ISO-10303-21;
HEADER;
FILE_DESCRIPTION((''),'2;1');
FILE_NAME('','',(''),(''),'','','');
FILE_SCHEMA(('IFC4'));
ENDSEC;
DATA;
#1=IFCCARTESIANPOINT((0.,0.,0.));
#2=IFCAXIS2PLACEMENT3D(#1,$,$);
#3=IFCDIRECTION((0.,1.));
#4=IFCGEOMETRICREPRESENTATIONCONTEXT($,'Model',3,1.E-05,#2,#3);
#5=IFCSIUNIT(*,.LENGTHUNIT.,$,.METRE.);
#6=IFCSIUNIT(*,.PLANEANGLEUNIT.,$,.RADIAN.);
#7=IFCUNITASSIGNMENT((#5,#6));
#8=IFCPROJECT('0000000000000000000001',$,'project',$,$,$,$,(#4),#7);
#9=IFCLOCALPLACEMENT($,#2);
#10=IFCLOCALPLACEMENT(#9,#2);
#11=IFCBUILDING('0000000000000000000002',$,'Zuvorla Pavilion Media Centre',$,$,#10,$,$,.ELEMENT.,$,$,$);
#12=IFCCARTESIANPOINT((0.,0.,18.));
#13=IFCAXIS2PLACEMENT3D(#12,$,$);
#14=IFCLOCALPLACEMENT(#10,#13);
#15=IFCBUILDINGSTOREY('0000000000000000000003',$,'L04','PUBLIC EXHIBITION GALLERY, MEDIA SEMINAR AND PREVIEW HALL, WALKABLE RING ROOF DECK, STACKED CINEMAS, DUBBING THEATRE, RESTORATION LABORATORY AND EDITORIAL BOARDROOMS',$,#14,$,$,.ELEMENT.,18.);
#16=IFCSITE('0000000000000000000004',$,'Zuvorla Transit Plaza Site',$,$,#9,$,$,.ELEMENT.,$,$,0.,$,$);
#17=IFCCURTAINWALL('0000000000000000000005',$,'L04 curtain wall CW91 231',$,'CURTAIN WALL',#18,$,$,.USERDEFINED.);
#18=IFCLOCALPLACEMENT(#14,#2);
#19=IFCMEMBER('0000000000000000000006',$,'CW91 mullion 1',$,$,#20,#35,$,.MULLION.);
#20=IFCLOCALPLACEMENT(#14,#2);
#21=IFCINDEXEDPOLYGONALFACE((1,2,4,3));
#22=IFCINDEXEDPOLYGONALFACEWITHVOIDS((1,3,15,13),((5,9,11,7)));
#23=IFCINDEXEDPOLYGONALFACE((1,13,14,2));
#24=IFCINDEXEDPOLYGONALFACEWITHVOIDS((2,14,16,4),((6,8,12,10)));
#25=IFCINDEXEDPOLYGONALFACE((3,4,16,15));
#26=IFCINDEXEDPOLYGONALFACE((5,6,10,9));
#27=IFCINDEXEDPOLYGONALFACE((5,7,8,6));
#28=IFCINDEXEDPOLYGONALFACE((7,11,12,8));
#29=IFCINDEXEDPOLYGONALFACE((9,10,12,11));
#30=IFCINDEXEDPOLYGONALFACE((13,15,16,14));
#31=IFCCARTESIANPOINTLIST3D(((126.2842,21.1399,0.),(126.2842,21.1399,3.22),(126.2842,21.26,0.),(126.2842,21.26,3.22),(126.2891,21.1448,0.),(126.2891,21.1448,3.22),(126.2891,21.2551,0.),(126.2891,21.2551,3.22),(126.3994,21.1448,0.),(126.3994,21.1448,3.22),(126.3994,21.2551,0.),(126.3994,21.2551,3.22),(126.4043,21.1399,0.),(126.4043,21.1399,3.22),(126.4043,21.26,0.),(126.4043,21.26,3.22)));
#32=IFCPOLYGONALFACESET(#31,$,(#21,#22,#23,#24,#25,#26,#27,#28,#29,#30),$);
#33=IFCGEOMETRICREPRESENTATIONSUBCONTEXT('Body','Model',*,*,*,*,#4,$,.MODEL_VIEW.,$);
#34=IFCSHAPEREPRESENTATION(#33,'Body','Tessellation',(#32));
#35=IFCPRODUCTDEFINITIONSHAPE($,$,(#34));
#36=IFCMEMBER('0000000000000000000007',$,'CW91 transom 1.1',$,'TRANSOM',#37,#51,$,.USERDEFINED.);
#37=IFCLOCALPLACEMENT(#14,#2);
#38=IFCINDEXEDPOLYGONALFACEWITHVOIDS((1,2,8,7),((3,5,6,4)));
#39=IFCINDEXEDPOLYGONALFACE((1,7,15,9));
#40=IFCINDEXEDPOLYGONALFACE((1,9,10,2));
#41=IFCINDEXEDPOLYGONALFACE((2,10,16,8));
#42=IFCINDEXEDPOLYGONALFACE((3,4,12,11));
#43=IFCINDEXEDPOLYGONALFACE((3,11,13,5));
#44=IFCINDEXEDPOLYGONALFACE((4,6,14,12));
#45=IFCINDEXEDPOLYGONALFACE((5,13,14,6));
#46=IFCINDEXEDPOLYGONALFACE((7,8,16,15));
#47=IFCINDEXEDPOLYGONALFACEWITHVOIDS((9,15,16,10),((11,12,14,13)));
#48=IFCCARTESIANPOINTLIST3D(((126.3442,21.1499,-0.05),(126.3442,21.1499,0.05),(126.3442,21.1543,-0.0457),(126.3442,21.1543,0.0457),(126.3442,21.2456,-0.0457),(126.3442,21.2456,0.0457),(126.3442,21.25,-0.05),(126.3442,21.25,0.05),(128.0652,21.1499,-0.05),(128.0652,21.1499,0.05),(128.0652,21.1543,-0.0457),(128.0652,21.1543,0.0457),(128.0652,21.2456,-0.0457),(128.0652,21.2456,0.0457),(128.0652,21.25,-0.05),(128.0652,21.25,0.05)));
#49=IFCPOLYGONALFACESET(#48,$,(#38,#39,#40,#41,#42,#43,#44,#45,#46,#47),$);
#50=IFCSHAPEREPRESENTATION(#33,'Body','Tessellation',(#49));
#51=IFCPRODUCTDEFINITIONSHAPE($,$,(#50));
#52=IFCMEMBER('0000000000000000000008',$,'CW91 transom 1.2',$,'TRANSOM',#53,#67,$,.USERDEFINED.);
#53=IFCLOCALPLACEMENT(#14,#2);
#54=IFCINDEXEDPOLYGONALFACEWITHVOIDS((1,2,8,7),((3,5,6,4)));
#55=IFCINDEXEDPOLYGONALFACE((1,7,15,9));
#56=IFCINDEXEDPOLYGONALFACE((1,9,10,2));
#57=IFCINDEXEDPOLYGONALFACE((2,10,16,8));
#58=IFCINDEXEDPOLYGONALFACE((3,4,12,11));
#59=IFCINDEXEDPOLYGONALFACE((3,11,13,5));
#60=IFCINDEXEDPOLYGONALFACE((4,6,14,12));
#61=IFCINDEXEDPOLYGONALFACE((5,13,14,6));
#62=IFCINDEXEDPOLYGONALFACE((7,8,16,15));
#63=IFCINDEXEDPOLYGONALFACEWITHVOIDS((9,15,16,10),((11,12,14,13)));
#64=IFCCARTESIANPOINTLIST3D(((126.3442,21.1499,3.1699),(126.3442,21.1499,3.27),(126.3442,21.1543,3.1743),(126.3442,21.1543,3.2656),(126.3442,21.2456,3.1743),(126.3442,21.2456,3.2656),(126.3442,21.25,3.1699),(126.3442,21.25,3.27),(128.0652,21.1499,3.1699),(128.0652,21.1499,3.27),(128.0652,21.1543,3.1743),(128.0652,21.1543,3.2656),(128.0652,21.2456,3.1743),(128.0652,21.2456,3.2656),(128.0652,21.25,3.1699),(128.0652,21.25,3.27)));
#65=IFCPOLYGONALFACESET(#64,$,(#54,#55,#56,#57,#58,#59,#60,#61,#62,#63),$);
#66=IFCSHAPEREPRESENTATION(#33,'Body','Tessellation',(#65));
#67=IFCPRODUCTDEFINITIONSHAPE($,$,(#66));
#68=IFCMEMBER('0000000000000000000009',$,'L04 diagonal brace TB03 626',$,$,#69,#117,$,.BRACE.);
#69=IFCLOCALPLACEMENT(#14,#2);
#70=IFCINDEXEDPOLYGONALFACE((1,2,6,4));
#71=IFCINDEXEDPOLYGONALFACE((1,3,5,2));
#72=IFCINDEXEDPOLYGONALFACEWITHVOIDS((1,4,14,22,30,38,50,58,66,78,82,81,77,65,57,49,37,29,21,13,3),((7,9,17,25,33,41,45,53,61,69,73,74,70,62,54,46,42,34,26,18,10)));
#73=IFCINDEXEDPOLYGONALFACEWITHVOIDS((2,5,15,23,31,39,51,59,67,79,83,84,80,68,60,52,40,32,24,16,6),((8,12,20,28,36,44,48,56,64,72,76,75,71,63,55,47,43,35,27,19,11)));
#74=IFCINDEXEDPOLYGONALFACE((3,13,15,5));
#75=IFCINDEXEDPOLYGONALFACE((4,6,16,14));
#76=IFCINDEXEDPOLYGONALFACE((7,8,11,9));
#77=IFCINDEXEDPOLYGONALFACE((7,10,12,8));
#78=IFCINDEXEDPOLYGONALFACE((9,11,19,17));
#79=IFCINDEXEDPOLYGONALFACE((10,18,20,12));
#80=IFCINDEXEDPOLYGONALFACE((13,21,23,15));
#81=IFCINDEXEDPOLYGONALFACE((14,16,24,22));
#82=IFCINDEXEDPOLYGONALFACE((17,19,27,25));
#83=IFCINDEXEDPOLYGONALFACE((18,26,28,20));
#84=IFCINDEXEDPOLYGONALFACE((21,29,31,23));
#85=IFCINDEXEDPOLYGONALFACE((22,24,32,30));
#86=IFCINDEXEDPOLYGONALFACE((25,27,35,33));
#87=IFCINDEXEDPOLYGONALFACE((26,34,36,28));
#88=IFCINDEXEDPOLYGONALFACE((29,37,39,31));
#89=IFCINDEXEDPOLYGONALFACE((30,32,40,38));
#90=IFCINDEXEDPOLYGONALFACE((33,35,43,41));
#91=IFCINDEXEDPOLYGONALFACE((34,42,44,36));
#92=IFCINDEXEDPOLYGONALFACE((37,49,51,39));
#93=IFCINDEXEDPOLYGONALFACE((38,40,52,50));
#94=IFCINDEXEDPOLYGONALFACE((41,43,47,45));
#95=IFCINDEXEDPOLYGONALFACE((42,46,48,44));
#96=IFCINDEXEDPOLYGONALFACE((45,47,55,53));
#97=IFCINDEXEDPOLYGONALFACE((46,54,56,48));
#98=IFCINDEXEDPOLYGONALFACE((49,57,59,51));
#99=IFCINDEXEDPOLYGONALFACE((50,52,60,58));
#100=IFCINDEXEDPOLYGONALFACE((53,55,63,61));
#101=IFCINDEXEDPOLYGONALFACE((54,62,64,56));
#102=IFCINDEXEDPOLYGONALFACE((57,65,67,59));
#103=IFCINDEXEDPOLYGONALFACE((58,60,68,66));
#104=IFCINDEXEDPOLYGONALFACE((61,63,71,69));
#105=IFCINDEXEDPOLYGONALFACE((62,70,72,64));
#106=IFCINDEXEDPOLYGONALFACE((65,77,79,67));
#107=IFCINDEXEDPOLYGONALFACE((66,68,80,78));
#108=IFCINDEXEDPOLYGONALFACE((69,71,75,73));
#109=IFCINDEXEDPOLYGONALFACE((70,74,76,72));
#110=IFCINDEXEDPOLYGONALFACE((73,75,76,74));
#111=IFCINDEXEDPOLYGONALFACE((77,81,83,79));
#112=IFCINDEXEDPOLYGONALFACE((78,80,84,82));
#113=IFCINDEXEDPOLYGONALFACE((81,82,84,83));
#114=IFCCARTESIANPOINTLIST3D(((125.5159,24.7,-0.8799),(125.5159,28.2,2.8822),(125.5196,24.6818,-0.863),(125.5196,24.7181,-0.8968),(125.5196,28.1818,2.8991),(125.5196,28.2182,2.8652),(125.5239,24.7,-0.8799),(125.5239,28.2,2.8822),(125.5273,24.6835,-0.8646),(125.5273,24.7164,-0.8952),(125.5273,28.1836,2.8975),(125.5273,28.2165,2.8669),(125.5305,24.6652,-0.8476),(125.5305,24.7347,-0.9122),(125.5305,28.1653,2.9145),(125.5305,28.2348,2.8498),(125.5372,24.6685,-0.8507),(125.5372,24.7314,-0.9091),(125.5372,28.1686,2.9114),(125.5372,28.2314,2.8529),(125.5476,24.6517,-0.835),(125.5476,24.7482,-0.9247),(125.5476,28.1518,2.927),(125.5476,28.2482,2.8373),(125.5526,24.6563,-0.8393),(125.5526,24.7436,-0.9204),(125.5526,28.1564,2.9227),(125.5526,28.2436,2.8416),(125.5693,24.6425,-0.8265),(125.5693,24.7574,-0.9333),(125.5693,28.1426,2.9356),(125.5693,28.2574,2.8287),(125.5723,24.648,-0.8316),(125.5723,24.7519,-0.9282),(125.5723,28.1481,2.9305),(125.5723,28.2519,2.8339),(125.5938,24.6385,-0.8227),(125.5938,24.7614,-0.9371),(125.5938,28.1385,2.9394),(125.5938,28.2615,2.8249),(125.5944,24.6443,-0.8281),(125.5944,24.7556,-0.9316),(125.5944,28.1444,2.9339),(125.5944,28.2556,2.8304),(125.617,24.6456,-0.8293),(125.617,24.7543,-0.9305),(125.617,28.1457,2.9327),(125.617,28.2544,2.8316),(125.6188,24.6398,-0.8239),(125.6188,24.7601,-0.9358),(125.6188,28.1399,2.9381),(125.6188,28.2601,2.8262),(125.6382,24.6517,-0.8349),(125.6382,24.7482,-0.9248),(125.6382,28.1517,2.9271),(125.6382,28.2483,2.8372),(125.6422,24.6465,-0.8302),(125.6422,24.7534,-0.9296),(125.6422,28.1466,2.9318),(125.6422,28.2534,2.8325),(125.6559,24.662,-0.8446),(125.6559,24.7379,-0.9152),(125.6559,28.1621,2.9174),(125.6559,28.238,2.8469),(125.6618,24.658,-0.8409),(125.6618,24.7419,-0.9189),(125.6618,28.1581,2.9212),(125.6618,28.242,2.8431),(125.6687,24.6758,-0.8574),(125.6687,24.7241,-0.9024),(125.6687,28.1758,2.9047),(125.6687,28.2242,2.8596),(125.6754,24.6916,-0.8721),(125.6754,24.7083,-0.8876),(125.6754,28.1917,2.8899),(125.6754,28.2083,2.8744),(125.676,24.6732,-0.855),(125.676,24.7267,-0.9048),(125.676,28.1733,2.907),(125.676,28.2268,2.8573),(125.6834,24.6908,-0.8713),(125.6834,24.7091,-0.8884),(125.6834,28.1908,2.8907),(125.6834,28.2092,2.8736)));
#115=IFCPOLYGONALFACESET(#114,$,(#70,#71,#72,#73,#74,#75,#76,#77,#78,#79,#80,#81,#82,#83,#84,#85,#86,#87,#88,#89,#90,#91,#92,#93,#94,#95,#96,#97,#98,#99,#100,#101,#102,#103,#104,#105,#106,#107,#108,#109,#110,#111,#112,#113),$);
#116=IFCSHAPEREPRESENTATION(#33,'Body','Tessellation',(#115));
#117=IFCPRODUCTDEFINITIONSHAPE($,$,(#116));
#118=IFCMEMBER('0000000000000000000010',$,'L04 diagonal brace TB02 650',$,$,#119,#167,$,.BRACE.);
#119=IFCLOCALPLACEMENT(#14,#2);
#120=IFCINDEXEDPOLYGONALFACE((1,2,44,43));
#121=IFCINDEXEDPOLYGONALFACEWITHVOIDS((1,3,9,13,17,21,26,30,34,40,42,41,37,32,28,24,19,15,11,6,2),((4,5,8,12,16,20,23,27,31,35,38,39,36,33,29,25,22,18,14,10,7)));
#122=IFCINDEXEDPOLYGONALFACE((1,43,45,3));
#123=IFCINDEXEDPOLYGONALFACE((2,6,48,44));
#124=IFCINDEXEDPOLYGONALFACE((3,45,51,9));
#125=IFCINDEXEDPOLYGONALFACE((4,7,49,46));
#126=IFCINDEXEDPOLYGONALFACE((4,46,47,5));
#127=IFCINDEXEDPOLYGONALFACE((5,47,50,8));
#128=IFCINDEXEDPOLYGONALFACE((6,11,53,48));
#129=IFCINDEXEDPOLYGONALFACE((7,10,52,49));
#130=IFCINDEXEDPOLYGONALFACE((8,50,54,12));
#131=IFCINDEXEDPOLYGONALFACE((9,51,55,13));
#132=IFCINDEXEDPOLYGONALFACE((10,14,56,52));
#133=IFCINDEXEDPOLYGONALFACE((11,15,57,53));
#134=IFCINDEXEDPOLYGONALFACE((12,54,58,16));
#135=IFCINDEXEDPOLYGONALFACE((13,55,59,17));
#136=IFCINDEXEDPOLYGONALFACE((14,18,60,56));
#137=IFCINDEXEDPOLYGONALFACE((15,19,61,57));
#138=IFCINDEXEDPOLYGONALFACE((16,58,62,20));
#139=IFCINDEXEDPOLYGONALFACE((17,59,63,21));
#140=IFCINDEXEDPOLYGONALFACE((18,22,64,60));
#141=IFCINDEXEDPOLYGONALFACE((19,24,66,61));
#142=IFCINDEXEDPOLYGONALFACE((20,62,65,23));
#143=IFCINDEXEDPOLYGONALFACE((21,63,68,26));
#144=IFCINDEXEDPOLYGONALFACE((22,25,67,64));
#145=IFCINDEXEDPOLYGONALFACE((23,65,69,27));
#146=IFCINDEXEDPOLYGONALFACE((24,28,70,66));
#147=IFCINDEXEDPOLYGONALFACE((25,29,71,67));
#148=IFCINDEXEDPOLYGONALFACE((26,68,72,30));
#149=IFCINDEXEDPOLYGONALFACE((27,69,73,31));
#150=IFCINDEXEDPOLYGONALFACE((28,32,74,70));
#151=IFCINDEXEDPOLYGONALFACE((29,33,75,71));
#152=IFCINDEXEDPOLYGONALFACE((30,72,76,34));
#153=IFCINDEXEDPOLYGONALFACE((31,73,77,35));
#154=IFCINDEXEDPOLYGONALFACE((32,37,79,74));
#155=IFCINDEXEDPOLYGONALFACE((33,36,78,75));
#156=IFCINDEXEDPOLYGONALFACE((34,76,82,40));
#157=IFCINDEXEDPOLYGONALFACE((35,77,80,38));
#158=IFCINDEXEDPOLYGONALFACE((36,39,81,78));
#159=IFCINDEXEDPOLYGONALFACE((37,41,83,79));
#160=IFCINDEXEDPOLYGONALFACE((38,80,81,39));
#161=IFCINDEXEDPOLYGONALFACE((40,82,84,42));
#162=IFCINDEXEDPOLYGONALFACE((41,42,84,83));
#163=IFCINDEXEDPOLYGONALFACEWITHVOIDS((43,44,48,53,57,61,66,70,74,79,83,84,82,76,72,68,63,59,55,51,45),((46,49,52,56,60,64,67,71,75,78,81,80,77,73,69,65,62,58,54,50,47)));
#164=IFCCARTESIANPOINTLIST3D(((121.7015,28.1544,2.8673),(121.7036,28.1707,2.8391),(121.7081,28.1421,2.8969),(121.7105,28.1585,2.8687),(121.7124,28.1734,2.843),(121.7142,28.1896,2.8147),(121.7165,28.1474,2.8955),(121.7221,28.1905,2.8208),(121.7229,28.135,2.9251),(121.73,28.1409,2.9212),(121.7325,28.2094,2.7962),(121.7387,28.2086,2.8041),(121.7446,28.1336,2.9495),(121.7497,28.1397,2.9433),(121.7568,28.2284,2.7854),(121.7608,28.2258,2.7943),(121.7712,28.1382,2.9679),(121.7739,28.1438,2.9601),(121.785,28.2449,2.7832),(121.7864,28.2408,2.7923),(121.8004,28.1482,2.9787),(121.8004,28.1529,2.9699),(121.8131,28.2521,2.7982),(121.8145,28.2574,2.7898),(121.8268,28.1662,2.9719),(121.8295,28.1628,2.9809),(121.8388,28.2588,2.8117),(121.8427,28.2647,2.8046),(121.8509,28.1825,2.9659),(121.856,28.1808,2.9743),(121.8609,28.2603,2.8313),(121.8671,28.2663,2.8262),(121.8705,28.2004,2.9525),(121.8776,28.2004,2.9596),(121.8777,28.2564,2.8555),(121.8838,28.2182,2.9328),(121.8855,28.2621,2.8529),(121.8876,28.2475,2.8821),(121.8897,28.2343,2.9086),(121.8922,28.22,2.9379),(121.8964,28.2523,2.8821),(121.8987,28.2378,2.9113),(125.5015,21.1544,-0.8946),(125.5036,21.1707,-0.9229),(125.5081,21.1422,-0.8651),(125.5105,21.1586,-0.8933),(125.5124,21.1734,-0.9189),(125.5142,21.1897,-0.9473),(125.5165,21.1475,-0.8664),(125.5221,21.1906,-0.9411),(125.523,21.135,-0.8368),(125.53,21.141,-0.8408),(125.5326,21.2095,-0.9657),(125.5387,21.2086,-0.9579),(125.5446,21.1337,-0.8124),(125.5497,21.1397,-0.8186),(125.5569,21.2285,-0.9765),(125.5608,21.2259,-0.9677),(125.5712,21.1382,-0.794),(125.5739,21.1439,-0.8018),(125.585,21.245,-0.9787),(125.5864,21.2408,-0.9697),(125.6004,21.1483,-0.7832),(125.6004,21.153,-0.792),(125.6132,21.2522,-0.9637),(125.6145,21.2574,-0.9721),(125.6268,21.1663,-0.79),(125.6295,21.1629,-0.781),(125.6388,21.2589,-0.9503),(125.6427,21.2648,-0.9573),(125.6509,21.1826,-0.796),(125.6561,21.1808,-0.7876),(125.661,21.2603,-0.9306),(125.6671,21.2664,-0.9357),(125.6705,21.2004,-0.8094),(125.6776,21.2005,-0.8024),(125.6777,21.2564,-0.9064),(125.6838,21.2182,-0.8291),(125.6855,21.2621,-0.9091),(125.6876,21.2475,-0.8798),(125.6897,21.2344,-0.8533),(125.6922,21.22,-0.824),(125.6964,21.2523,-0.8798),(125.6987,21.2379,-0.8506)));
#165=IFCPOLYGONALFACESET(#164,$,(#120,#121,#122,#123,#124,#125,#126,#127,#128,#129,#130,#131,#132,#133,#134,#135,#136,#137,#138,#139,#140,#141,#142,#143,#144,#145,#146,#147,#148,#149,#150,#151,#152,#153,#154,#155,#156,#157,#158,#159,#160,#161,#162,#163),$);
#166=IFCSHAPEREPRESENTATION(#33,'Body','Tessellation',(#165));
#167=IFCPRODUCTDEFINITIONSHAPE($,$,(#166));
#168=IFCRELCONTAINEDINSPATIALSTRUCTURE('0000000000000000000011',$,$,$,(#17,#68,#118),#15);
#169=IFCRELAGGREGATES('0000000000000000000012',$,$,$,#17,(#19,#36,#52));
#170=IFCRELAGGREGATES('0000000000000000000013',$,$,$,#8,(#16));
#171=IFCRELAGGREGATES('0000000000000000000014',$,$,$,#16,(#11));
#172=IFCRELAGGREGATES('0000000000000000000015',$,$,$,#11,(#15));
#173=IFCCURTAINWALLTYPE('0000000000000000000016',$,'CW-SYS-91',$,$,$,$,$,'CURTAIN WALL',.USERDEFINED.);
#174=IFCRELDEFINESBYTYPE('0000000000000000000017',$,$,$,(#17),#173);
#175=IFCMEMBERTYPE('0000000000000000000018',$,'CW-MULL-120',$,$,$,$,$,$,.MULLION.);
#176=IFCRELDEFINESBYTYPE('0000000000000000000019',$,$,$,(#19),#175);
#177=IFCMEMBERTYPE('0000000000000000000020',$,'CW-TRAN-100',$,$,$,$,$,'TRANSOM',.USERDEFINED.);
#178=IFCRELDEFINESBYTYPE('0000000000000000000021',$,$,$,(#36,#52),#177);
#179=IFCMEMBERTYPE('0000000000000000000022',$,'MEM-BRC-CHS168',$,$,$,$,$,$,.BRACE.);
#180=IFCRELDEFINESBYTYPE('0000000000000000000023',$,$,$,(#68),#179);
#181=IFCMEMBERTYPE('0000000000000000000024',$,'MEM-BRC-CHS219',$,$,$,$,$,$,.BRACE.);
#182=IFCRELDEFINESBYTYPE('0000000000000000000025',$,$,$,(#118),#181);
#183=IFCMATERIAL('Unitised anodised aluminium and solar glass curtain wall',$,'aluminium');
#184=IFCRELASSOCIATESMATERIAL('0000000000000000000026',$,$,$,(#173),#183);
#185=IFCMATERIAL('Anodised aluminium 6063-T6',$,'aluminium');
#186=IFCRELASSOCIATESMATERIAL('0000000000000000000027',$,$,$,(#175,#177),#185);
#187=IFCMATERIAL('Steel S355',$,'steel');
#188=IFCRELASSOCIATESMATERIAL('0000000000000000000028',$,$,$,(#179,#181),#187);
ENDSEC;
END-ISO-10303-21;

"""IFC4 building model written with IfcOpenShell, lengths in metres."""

from ifc_helpers import new_model, si_unit, direction, frame, origin, origin_2d, place, context, subcontext, project, spatial, hollow_rectangle, hollow_circle, extrude, material, material_profile, profile_set, type_object, element, aggregate, save


model = new_model("IFC4")

# Units and contexts
model_context = context("Model", 3, precision=1e-05, world=origin(), true_north=direction((0.0, 1.0)))
body_context = subcontext(model_context, "Body", "Model", "MODEL_VIEW")
ifc_project = project(units=[si_unit("LENGTHUNIT", "METRE"), si_unit("PLANEANGLEUNIT", "RADIAN")], contexts=[model_context])

# Site, building, storey
site_placement = place(None, origin())
site = spatial("IfcSite", under=ifc_project, at=site_placement, Name="Zuvorla Transit Plaza Site", CompositionType="ELEMENT", RefElevation=0.0)
building_placement = place(site_placement, origin())
building = spatial("IfcBuilding", under=site, at=building_placement, Name="Zuvorla Pavilion Media Centre", CompositionType="ELEMENT")
storey_placement = place(building_placement, frame((0.0, 0.0, 18.0)))
storey = spatial("IfcBuildingStorey", under=building, at=storey_placement, Name="L04", Description="PUBLIC EXHIBITION GALLERY, MEDIA SEMINAR AND PREVIEW HALL, WALKABLE RING ROOF DECK, STACKED CINEMAS, DUBBING THEATRE, RESTORATION LABORATORY AND EDITORIAL BOARDROOMS", CompositionType="ELEMENT", Elevation=18.0)

# Curtain wall, members
ifc_material_1 = material(Name="Unitised anodised aluminium and solar glass curtain wall", Category="aluminium")
curtain_wall_type = type_object("IfcCurtainWallType", Name="CW-SYS-91", ElementType="CURTAIN WALL", PredefinedType="USERDEFINED", material=ifc_material_1)
curtain_wall_placement = place(storey_placement, origin())
curtain_wall = element("IfcCurtainWall", 1, at=curtain_wall_placement, inside=storey, type_object=curtain_wall_type, Name="L04 curtain wall CW91 231", ObjectType="CURTAIN WALL", PredefinedType="USERDEFINED")
ifc_material_2 = material(Name="Anodised aluminium 6063-T6", Category="aluminium")
ifc_material_profile_1 = material_profile(ifc_material_2, hollow_rectangle(XDim=0.1201, YDim=0.1201, WallThickness=0.0049, at=origin_2d()), Name="ALU MULL 120x120")
ifc_profile_set_1 = profile_set([ifc_material_profile_1], Name="Anodised aluminium 6063-T6")
member_type_1 = type_object("IfcMemberType", Name="CW-MULL-120", PredefinedType="MULLION", material=ifc_profile_set_1)
member_1_placement = place(storey_placement, frame((126.3442, 21.2, 0.0), z_axis=(0.0, 0.0, 1.0), x_axis=(1.0, 0.0, 0.0)))
member_1 = element("IfcMember", 2, at=member_1_placement, type_object=member_type_1, Name="CW91 mullion 1", PredefinedType="MULLION", context=body_context, shape_type="SweptSolid", body=[
    extrude(hollow_rectangle(XDim=0.1201, YDim=0.1201, WallThickness=0.0049, at=origin_2d()), origin(), (0.0, 0.0, 1.0), 3.22),
])
ifc_material_profile_2 = material_profile(ifc_material_2, hollow_rectangle(XDim=0.1001, YDim=0.1001, WallThickness=0.0044, at=origin_2d()), Name="ALU TRAN 100x100")
ifc_profile_set_2 = profile_set([ifc_material_profile_2], Name="Anodised aluminium 6063-T6")
member_type_2 = type_object("IfcMemberType", Name="CW-TRAN-100", ElementType="TRANSOM", PredefinedType="USERDEFINED", material=ifc_profile_set_2)
member_2_placement = place(storey_placement, frame((126.3442, 21.2, 0.0), z_axis=(1.0, 0.0, 0.0), x_axis=(0.0, 1.0, 0.0)))
member_2 = element("IfcMember", 3, at=member_2_placement, type_object=member_type_2, Name="CW91 transom 1.1", ObjectType="TRANSOM", PredefinedType="USERDEFINED", context=body_context, shape_type="SweptSolid", body=[
    extrude(hollow_rectangle(XDim=0.1001, YDim=0.1001, WallThickness=0.0044, at=origin_2d()), origin(), (0.0, 0.0, 1.0), 1.7209),
])
member_3_placement = place(storey_placement, frame((126.3442, 21.2, 3.22), z_axis=(1.0, 0.0, 0.0), x_axis=(0.0, 1.0, 0.0)))
member_3 = element("IfcMember", 4, at=member_3_placement, type_object=member_type_2, Name="CW91 transom 1.2", ObjectType="TRANSOM", PredefinedType="USERDEFINED", context=body_context, shape_type="SweptSolid", body=[
    extrude(hollow_rectangle(XDim=0.1001, YDim=0.1001, WallThickness=0.0044, at=origin_2d()), origin(), (0.0, 0.0, 1.0), 1.7209),
])

# Members
ifc_material_3 = material(Name="Steel S355", Category="steel")
ifc_material_profile_3 = material_profile(ifc_material_3, hollow_circle(Radius=0.0842, WallThickness=0.0081, at=origin_2d()), Name="CHS 168.3x8")
ifc_profile_set_3 = profile_set([ifc_material_profile_3], Name="Steel S355")
member_type_3 = type_object("IfcMemberType", Name="MEM-BRC-CHS168", PredefinedType="BRACE", material=ifc_profile_set_3)
member_4_placement = place(storey_placement, frame((125.6001, 24.7, -0.8799), z_axis=(0.0, 0.681156, 0.732138), x_axis=(-1.0, 0.0, 0.0)))
element("IfcMember", 5, at=member_4_placement, inside=storey, type_object=member_type_3, Name="L04 diagonal brace TB03 626", PredefinedType="BRACE", context=body_context, shape_type="SweptSolid", body=[
    extrude(hollow_circle(Radius=0.0842, WallThickness=0.0081, at=origin_2d()), origin(), (0.0, 0.0, 1.0), 5.1384),
])
ifc_material_profile_4 = material_profile(ifc_material_3, hollow_circle(Radius=0.1096, WallThickness=0.01, at=origin_2d()), Name="CHS 219.1x10")
ifc_profile_set_4 = profile_set([ifc_material_profile_4], Name="Steel S355")
member_type_4 = type_object("IfcMemberType", Name="MEM-BRC-CHS219", PredefinedType="BRACE", material=ifc_profile_set_4)
member_5_placement = place(storey_placement, frame((121.8, 28.2, 2.8821), z_axis=(0.431399, -0.794671, -0.427075), x_axis=(0.878851, 0.477097, 0.0)))
element("IfcMember", 6, at=member_5_placement, inside=storey, type_object=member_type_4, Name="L04 diagonal brace TB02 650", PredefinedType="BRACE", context=body_context, shape_type="SweptSolid", body=[
    extrude(hollow_circle(Radius=0.1096, WallThickness=0.01, at=origin_2d()), origin(), (0.0, 0.0, 1.0), 8.8086),
])

aggregate(curtain_wall, [member_1, member_2, member_3])

save(model, "model.ifc")
